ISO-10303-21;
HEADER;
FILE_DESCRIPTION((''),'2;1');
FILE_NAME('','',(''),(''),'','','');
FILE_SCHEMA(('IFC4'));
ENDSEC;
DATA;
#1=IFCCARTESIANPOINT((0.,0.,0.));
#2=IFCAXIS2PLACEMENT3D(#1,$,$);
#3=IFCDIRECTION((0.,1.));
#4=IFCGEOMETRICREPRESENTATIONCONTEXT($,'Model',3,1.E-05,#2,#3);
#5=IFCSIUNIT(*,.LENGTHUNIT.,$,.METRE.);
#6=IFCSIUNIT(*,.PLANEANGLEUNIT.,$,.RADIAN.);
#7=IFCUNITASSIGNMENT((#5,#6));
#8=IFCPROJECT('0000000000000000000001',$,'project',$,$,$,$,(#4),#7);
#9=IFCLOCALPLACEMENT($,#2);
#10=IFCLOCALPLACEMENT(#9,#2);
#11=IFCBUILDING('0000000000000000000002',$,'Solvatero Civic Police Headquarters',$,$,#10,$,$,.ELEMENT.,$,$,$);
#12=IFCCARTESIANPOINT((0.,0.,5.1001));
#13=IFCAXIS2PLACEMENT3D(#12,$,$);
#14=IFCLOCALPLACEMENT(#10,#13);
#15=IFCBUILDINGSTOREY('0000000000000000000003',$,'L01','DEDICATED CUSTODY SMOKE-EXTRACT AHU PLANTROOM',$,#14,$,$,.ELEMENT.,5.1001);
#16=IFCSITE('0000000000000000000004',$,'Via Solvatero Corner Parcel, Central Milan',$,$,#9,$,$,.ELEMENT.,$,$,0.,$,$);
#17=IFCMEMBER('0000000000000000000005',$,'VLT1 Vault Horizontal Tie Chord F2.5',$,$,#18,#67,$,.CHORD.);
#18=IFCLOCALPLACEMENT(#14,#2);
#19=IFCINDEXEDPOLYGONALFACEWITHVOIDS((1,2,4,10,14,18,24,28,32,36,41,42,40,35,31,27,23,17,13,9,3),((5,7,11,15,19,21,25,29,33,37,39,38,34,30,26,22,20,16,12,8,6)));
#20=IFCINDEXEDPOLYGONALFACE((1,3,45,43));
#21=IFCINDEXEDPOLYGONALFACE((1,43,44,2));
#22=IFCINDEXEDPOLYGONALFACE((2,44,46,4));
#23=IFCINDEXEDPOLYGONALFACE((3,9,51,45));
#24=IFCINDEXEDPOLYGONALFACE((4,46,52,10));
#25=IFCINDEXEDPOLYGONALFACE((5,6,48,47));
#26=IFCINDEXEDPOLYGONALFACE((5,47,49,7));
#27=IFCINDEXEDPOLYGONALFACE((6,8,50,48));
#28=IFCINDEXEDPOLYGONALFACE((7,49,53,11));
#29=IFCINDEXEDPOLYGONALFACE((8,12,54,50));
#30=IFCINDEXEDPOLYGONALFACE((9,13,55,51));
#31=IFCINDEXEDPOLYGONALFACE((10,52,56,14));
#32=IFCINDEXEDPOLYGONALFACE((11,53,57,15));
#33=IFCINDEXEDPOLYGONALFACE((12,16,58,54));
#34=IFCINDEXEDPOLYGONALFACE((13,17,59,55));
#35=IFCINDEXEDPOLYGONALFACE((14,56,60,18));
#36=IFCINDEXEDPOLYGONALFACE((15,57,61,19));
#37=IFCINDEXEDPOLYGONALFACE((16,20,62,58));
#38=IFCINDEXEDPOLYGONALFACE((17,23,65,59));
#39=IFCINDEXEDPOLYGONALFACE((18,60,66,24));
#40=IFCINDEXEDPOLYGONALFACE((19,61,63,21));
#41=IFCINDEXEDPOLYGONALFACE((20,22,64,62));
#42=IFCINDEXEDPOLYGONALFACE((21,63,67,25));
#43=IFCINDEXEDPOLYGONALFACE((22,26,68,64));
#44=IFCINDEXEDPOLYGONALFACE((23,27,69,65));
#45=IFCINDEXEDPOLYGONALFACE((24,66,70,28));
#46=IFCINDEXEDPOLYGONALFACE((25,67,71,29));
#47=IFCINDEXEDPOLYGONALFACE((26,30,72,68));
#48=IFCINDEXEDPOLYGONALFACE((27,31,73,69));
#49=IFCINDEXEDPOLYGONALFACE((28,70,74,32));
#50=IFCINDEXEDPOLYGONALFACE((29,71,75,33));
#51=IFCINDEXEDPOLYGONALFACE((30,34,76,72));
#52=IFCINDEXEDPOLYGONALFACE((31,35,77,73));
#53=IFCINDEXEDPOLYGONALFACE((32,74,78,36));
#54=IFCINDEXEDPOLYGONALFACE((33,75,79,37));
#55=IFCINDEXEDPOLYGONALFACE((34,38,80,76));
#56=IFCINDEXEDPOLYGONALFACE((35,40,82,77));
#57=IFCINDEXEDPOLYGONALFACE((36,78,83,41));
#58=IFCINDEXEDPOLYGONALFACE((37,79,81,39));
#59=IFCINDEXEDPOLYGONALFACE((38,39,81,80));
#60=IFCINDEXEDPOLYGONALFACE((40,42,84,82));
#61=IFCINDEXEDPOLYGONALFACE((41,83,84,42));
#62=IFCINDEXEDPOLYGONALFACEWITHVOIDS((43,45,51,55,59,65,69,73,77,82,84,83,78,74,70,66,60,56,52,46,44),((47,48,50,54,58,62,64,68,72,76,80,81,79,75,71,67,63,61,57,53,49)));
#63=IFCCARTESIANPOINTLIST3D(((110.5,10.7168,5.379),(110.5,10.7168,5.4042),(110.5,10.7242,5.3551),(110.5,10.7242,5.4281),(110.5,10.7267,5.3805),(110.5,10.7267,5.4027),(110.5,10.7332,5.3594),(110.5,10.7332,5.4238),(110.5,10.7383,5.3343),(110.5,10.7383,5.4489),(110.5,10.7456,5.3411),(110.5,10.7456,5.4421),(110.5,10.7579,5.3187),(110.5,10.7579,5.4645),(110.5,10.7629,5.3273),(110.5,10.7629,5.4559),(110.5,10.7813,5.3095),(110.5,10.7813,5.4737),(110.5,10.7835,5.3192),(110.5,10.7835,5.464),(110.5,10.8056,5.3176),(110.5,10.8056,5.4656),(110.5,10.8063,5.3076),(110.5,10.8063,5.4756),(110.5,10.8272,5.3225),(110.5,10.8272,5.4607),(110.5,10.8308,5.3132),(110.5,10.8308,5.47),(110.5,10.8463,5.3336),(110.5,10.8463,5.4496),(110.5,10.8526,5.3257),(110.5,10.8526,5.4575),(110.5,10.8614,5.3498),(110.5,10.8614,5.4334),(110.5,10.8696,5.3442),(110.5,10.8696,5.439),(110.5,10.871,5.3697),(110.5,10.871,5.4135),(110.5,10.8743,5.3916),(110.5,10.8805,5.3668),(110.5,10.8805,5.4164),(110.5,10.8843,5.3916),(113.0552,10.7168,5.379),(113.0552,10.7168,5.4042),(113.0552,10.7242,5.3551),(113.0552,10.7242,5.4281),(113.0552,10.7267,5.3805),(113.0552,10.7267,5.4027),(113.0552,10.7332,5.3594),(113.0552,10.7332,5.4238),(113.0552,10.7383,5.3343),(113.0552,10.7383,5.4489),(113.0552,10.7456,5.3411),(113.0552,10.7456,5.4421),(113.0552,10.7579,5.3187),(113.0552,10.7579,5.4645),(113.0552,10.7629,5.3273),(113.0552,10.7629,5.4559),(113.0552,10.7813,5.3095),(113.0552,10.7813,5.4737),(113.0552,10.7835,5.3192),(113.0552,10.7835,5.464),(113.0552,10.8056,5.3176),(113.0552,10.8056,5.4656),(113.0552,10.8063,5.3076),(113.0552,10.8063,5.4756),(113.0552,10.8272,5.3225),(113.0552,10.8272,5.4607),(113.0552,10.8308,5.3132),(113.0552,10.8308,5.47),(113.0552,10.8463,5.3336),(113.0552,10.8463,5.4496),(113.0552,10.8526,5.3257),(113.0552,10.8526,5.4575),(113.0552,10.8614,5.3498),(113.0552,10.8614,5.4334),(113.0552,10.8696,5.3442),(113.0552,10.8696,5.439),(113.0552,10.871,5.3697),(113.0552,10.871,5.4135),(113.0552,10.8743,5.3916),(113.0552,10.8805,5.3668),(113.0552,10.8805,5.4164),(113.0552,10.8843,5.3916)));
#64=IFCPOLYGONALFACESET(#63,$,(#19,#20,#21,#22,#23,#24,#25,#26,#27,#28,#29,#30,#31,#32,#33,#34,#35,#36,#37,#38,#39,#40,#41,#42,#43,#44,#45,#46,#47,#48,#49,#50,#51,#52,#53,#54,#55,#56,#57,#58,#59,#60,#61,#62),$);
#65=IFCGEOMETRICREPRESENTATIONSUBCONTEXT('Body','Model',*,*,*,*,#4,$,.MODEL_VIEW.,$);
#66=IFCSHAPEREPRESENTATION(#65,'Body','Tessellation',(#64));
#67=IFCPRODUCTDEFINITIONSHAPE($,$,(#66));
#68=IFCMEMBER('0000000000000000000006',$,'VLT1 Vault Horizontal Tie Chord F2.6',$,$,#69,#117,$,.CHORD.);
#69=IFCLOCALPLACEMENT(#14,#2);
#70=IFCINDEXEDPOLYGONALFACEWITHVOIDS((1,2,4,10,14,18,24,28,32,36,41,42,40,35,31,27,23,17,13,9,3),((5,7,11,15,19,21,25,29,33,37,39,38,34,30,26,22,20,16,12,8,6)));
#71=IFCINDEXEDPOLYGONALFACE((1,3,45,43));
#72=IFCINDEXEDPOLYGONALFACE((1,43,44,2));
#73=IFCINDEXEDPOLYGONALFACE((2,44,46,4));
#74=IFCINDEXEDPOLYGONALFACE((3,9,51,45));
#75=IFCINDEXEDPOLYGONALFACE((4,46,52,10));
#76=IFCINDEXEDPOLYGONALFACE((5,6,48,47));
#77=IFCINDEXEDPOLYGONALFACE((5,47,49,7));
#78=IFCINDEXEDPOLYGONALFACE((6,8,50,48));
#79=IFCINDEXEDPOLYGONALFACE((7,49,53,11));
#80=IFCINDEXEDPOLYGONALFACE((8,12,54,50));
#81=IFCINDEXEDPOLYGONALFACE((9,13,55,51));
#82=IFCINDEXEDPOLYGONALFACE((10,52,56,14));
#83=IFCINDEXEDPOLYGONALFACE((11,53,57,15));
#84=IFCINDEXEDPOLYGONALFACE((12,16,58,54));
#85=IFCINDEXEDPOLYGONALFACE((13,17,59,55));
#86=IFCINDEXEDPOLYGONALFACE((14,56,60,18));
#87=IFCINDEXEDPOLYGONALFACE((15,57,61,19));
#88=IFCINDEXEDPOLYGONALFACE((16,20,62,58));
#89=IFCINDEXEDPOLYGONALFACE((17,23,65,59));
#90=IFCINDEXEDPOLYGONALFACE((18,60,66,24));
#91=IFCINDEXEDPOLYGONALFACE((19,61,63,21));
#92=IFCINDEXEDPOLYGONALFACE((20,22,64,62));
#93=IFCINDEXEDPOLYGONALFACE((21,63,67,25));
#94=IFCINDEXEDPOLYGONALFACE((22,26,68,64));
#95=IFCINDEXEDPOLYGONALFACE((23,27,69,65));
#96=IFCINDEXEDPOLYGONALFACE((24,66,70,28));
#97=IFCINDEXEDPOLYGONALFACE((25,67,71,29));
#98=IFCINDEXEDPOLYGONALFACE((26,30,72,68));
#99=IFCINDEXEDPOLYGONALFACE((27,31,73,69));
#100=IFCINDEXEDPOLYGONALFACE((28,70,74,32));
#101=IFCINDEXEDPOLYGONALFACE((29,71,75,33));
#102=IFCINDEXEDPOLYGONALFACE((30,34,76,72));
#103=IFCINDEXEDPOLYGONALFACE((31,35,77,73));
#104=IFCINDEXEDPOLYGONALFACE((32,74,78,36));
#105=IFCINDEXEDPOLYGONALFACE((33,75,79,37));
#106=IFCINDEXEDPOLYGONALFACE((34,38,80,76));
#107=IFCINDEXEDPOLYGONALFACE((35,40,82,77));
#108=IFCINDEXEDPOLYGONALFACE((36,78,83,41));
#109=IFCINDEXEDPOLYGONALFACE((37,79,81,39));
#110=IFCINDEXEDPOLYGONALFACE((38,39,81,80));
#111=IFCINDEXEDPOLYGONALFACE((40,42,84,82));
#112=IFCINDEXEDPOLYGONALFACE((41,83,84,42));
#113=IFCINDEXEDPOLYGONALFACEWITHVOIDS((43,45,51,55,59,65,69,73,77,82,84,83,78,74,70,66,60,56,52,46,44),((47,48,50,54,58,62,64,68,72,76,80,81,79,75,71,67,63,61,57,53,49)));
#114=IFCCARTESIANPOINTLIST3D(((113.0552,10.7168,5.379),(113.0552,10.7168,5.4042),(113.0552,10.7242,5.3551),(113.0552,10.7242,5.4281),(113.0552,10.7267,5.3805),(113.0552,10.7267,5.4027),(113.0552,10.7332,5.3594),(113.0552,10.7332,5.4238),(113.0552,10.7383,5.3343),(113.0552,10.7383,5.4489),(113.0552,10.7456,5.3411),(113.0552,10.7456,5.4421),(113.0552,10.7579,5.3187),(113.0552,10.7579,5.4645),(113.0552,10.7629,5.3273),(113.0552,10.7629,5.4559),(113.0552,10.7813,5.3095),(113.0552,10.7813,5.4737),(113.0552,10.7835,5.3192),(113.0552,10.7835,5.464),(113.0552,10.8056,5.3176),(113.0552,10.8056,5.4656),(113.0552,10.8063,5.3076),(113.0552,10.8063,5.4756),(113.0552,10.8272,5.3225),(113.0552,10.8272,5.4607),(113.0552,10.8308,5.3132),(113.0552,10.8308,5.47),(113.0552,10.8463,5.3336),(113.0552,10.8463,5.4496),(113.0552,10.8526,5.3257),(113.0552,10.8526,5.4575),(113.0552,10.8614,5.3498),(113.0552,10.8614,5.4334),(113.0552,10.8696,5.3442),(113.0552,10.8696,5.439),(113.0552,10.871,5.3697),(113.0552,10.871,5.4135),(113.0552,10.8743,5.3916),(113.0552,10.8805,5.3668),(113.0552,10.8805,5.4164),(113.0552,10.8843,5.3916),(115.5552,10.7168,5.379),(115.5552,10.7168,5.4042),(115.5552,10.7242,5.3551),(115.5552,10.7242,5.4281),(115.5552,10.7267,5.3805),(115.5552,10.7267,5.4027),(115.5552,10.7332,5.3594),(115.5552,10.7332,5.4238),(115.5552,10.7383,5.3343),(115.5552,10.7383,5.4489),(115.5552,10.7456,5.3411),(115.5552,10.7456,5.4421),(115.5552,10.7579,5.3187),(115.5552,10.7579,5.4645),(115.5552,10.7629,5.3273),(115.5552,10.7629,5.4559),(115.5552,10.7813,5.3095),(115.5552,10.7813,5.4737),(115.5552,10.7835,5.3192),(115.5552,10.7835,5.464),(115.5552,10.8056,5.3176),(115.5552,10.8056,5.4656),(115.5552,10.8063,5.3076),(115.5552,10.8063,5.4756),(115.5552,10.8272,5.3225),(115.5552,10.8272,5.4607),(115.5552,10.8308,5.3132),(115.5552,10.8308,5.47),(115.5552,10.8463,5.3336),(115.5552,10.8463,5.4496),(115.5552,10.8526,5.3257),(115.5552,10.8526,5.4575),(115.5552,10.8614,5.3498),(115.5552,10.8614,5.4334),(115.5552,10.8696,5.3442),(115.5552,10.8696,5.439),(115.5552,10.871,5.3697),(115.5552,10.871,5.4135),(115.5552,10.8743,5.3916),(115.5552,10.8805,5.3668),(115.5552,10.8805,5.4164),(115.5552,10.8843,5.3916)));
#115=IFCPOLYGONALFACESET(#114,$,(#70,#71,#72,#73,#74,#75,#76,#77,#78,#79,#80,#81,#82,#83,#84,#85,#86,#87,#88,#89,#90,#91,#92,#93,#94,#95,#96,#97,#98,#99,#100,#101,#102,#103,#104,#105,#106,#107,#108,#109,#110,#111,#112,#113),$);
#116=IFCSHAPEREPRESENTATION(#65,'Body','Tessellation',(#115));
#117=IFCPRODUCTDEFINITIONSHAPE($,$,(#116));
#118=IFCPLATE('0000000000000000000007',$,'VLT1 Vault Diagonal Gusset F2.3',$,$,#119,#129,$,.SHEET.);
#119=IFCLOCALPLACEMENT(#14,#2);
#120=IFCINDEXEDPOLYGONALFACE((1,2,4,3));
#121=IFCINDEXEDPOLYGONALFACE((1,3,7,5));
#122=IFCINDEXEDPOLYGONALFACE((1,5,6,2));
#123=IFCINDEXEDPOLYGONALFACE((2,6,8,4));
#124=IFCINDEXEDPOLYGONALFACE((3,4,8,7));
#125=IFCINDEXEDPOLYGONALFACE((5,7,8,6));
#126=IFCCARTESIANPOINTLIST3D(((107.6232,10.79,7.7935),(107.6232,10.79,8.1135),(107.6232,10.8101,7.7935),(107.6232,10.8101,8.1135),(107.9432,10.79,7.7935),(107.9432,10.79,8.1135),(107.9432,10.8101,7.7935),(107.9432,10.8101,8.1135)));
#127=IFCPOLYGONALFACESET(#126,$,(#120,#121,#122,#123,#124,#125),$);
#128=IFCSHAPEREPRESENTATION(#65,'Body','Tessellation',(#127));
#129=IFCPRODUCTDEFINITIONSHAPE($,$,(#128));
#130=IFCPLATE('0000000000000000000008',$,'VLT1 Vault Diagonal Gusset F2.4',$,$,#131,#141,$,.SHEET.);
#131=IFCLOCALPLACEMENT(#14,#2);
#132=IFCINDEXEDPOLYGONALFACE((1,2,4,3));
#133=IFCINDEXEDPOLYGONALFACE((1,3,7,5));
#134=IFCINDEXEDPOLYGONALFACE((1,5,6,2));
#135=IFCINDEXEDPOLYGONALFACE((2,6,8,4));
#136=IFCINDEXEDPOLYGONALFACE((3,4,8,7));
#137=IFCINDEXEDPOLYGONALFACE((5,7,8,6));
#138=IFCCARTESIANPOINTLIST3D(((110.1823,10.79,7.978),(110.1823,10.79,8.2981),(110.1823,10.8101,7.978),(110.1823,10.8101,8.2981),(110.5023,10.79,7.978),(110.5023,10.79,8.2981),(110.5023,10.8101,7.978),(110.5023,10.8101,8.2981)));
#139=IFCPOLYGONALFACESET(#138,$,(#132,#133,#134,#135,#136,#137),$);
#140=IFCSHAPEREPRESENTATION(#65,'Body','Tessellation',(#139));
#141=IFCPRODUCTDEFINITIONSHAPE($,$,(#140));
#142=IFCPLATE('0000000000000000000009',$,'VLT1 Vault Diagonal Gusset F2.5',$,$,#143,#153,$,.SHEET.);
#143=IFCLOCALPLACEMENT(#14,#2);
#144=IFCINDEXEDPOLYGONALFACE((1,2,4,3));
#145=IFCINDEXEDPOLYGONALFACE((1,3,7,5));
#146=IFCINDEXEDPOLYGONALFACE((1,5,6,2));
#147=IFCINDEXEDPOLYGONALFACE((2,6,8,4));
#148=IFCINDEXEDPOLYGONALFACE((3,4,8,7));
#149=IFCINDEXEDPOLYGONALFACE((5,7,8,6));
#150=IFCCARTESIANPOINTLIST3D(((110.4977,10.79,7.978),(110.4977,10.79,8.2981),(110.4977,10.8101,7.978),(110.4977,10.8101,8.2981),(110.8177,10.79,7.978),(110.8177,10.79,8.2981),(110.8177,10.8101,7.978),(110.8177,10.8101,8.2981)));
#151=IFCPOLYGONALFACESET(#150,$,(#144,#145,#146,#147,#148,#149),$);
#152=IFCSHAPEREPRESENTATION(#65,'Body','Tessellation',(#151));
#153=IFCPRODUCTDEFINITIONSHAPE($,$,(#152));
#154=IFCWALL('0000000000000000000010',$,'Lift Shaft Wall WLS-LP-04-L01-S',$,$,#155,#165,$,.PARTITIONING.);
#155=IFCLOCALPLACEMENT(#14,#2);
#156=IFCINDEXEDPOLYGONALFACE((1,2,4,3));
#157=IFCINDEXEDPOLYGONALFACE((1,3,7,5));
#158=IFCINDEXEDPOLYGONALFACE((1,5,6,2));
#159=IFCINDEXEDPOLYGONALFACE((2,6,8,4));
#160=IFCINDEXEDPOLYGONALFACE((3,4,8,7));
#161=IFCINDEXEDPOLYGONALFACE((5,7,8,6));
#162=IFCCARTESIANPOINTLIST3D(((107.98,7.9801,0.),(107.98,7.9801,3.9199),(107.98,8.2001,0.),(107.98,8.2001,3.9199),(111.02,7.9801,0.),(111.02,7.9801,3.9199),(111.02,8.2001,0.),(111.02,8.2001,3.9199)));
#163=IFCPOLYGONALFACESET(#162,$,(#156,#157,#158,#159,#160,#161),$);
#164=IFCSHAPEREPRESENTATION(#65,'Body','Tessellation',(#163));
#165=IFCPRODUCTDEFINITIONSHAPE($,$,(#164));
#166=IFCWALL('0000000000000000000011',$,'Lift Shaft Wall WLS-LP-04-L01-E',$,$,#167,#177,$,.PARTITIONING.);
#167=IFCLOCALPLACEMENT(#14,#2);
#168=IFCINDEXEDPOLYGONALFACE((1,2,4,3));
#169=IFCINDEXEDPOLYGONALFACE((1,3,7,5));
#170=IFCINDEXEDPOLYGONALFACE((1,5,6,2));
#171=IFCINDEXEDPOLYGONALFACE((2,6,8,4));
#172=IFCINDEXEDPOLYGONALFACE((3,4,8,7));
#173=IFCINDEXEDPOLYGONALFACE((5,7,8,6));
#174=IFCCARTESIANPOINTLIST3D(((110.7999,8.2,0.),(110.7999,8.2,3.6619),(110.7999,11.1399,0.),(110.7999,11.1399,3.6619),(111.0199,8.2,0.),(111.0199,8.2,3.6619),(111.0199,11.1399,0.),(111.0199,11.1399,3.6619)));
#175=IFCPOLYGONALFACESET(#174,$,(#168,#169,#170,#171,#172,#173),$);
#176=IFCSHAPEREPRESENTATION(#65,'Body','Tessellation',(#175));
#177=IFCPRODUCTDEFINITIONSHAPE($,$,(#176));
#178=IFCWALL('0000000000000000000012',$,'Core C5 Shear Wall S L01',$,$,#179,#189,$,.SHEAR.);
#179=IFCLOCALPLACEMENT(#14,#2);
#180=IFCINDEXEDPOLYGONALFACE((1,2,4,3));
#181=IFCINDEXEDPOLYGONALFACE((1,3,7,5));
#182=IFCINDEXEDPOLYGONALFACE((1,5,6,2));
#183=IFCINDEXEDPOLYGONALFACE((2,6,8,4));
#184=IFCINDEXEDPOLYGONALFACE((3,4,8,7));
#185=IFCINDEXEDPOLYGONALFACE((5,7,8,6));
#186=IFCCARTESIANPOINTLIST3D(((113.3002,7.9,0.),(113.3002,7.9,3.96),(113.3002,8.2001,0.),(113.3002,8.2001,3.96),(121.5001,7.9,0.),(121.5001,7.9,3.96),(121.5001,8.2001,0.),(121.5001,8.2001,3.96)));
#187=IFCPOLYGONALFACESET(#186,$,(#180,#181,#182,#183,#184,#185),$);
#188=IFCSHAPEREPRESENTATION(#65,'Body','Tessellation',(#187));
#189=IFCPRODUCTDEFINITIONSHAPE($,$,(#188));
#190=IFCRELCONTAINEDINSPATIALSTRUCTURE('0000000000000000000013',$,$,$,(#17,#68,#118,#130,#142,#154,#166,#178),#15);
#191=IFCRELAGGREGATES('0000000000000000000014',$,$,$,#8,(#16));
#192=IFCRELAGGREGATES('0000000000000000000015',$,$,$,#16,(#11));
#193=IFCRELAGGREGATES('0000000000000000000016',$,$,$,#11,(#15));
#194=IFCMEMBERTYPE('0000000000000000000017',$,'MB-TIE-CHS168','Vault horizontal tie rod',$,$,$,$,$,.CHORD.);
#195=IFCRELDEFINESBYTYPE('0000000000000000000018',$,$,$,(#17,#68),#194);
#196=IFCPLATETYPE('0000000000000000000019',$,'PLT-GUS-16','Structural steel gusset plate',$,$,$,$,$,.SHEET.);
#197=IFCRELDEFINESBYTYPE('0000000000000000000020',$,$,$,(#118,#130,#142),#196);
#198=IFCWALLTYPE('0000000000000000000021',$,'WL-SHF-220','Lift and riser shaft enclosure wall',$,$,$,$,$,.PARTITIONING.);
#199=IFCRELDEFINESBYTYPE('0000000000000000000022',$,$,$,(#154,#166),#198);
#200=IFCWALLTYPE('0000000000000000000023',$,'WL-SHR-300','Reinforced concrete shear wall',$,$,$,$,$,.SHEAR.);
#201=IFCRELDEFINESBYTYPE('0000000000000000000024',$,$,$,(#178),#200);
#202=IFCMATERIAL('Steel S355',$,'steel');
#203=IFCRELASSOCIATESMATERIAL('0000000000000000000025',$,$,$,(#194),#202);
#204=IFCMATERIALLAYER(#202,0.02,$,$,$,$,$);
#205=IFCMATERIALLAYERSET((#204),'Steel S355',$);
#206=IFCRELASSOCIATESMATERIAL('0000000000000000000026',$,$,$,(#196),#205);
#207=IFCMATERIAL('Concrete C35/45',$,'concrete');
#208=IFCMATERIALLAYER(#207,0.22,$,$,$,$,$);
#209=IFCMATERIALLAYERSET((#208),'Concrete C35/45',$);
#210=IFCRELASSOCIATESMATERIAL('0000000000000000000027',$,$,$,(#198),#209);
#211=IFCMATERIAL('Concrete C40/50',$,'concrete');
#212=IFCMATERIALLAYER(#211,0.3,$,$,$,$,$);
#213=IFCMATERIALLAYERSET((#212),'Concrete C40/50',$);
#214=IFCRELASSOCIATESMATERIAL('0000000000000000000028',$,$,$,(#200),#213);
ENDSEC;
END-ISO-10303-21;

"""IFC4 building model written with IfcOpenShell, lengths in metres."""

from ifc_helpers import new_model, si_unit, direction, frame, frame_2d, origin, origin_2d, place, context, subcontext, project, spatial, rectangle, hollow_circle, extrude, material, layer, layer_set, material_profile, profile_set, type_object, element, save


model = new_model("IFC4")

# Units and contexts
model_context = context("Model", 3, precision=1e-05, world=origin(), true_north=direction((0.0, 1.0)))
body_context = subcontext(model_context, "Body", "Model", "MODEL_VIEW")
ifc_project = project(units=[si_unit("LENGTHUNIT", "METRE"), si_unit("PLANEANGLEUNIT", "RADIAN")], contexts=[model_context])

# Site, building, storey
site_placement = place(None, origin())
site = spatial("IfcSite", under=ifc_project, at=site_placement, Name="Via Solvatero Corner Parcel, Central Milan", CompositionType="ELEMENT", RefElevation=0.0)
building_placement = place(site_placement, origin())
building = spatial("IfcBuilding", under=site, at=building_placement, Name="Solvatero Civic Police Headquarters", CompositionType="ELEMENT")
storey_placement = place(building_placement, frame((0.0, 0.0, 5.1001)))
storey = spatial("IfcBuildingStorey", under=building, at=storey_placement, Name="L01", Description="DEDICATED CUSTODY SMOKE-EXTRACT AHU PLANTROOM", CompositionType="ELEMENT", Elevation=5.1001)

# Shared definitions
ifc_material_1 = material(Name="Steel S355", Category="steel")

# Members
ifc_material_profile_1 = material_profile(ifc_material_1, hollow_circle(Radius=0.0842, WallThickness=0.01, at=origin_2d()), Name="CHS 168.3x10.0")
ifc_profile_set_1 = profile_set([ifc_material_profile_1], Name="Steel S355")
member_type_1 = type_object("IfcMemberType", Name="MB-TIE-CHS168", Description="Vault horizontal tie rod", PredefinedType="CHORD", material=ifc_profile_set_1)
for number, where, z_axis, x_axis, name in (
    (1, (110.5, 10.8, 5.3916), (1.0, 0.0, 0.0), (0.0, 1.0, 0.0), "VLT1 Vault Horizontal Tie Chord F2.5"),
):
    element("IfcMember", number, at=place(storey_placement, frame(where, z_axis=z_axis, x_axis=x_axis)), inside=storey, type_object=member_type_1, Name=name, PredefinedType="CHORD", context=body_context, shape_type="SweptSolid", body=[
        extrude(hollow_circle(Radius=0.0842, WallThickness=0.01, at=origin_2d()), origin(), (0.0, 0.0, 1.0), 2.5552),
    ])
member_1_placement = place(storey_placement, frame((113.0552, 10.8, 5.3916), z_axis=(1.0, 0.0, 0.0), x_axis=(0.0, 1.0, 0.0)))
element("IfcMember", 2, at=member_1_placement, inside=storey, type_object=member_type_1, Name="VLT1 Vault Horizontal Tie Chord F2.6", PredefinedType="CHORD", context=body_context, shape_type="SweptSolid", body=[
    extrude(hollow_circle(Radius=0.0842, WallThickness=0.01, at=origin_2d()), origin(), (0.0, 0.0, 1.0), 2.5),
])

# Plates
ifc_layer_1 = layer(ifc_material_1, 0.02)
ifc_layer_set_1 = layer_set([ifc_layer_1], Name="Steel S355")
plate_type = type_object("IfcPlateType", Name="PLT-GUS-16", Description="Structural steel gusset plate", PredefinedType="SHEET", material=ifc_layer_set_1)
for number, where, z_axis, x_axis, name in (
    (3, (107.7832, 10.8, 7.7935), (0.0, 0.0, 1.0), (1.0, 0.0, 0.0), "VLT1 Vault Diagonal Gusset F2.3"),
    (4, (110.3423, 10.8, 7.978), (0.0, 0.0, 1.0), (1.0, 0.0, 0.0), "VLT1 Vault Diagonal Gusset F2.4"),
    (5, (110.6577, 10.8, 7.978), (0.0, 0.0, 1.0), (1.0, 0.0, 0.0), "VLT1 Vault Diagonal Gusset F2.5"),
):
    element("IfcPlate", number, at=place(storey_placement, frame(where, z_axis=z_axis, x_axis=x_axis)), inside=storey, type_object=plate_type, Name=name, PredefinedType="SHEET", context=body_context, shape_type="SweptSolid", body=[
        extrude(rectangle(XDim=0.3201, YDim=0.02, at=origin_2d()), origin(), (0.0, 0.0, 1.0), 0.3201),
    ])

# Wall
ifc_material_2 = material(Name="Concrete C35/45", Category="concrete")
ifc_layer_2 = layer(ifc_material_2, 0.22)
ifc_layer_set_2 = layer_set([ifc_layer_2], Name="Concrete C35/45")
wall_type_1 = type_object("IfcWallType", Name="WL-SHF-220", Description="Lift and riser shaft enclosure wall", PredefinedType="PARTITIONING", material=ifc_layer_set_2)
wall_1_placement = place(storey_placement, frame((107.98, 8.0901, 0.0), z_axis=(0.0, 0.0, 1.0), x_axis=(1.0, 0.0, 0.0)))
element("IfcWall", 6, at=wall_1_placement, inside=storey, type_object=wall_type_1, Name="Lift Shaft Wall WLS-LP-04-L01-S", PredefinedType="PARTITIONING", context=body_context, shape_type="SweptSolid", body=[
    extrude(rectangle(XDim=3.04, YDim=0.22, at=frame_2d((1.52, 0.0))), origin(), (0.0, 0.0, 1.0), 3.9199),
])

# Walls
wall_2_placement = place(storey_placement, frame((110.9099, 8.2, 0.0), z_axis=(0.0, 0.0, 1.0), x_axis=(0.0, 1.0, 0.0)))
element("IfcWall", 7, at=wall_2_placement, inside=storey, type_object=wall_type_1, Name="Lift Shaft Wall WLS-LP-04-L01-E", PredefinedType="PARTITIONING", context=body_context, shape_type="SweptSolid", body=[
    extrude(rectangle(XDim=2.9399, YDim=0.22, at=frame_2d((1.47, 0.0))), origin(), (0.0, 0.0, 1.0), 3.6619),
])
ifc_material_3 = material(Name="Concrete C40/50", Category="concrete")
ifc_layer_3 = layer(ifc_material_3, 0.3)
ifc_layer_set_3 = layer_set([ifc_layer_3], Name="Concrete C40/50")
wall_type_2 = type_object("IfcWallType", Name="WL-SHR-300", Description="Reinforced concrete shear wall", PredefinedType="SHEAR", material=ifc_layer_set_3)
wall_3_placement = place(storey_placement, frame((113.3, 8.05, 0.0), z_axis=(0.0, 0.0, 1.0), x_axis=(1.0, 0.0, 0.0)))
element("IfcWall", 8, at=wall_3_placement, inside=storey, type_object=wall_type_2, Name="Core C5 Shear Wall S L01", PredefinedType="SHEAR", context=body_context, shape_type="SweptSolid", body=[
    extrude(rectangle(XDim=8.2, YDim=0.3, at=frame_2d((4.1001, 0.0))), origin(), (0.0, 0.0, 1.0), 3.96),
])

save(model, "model.ifc")
